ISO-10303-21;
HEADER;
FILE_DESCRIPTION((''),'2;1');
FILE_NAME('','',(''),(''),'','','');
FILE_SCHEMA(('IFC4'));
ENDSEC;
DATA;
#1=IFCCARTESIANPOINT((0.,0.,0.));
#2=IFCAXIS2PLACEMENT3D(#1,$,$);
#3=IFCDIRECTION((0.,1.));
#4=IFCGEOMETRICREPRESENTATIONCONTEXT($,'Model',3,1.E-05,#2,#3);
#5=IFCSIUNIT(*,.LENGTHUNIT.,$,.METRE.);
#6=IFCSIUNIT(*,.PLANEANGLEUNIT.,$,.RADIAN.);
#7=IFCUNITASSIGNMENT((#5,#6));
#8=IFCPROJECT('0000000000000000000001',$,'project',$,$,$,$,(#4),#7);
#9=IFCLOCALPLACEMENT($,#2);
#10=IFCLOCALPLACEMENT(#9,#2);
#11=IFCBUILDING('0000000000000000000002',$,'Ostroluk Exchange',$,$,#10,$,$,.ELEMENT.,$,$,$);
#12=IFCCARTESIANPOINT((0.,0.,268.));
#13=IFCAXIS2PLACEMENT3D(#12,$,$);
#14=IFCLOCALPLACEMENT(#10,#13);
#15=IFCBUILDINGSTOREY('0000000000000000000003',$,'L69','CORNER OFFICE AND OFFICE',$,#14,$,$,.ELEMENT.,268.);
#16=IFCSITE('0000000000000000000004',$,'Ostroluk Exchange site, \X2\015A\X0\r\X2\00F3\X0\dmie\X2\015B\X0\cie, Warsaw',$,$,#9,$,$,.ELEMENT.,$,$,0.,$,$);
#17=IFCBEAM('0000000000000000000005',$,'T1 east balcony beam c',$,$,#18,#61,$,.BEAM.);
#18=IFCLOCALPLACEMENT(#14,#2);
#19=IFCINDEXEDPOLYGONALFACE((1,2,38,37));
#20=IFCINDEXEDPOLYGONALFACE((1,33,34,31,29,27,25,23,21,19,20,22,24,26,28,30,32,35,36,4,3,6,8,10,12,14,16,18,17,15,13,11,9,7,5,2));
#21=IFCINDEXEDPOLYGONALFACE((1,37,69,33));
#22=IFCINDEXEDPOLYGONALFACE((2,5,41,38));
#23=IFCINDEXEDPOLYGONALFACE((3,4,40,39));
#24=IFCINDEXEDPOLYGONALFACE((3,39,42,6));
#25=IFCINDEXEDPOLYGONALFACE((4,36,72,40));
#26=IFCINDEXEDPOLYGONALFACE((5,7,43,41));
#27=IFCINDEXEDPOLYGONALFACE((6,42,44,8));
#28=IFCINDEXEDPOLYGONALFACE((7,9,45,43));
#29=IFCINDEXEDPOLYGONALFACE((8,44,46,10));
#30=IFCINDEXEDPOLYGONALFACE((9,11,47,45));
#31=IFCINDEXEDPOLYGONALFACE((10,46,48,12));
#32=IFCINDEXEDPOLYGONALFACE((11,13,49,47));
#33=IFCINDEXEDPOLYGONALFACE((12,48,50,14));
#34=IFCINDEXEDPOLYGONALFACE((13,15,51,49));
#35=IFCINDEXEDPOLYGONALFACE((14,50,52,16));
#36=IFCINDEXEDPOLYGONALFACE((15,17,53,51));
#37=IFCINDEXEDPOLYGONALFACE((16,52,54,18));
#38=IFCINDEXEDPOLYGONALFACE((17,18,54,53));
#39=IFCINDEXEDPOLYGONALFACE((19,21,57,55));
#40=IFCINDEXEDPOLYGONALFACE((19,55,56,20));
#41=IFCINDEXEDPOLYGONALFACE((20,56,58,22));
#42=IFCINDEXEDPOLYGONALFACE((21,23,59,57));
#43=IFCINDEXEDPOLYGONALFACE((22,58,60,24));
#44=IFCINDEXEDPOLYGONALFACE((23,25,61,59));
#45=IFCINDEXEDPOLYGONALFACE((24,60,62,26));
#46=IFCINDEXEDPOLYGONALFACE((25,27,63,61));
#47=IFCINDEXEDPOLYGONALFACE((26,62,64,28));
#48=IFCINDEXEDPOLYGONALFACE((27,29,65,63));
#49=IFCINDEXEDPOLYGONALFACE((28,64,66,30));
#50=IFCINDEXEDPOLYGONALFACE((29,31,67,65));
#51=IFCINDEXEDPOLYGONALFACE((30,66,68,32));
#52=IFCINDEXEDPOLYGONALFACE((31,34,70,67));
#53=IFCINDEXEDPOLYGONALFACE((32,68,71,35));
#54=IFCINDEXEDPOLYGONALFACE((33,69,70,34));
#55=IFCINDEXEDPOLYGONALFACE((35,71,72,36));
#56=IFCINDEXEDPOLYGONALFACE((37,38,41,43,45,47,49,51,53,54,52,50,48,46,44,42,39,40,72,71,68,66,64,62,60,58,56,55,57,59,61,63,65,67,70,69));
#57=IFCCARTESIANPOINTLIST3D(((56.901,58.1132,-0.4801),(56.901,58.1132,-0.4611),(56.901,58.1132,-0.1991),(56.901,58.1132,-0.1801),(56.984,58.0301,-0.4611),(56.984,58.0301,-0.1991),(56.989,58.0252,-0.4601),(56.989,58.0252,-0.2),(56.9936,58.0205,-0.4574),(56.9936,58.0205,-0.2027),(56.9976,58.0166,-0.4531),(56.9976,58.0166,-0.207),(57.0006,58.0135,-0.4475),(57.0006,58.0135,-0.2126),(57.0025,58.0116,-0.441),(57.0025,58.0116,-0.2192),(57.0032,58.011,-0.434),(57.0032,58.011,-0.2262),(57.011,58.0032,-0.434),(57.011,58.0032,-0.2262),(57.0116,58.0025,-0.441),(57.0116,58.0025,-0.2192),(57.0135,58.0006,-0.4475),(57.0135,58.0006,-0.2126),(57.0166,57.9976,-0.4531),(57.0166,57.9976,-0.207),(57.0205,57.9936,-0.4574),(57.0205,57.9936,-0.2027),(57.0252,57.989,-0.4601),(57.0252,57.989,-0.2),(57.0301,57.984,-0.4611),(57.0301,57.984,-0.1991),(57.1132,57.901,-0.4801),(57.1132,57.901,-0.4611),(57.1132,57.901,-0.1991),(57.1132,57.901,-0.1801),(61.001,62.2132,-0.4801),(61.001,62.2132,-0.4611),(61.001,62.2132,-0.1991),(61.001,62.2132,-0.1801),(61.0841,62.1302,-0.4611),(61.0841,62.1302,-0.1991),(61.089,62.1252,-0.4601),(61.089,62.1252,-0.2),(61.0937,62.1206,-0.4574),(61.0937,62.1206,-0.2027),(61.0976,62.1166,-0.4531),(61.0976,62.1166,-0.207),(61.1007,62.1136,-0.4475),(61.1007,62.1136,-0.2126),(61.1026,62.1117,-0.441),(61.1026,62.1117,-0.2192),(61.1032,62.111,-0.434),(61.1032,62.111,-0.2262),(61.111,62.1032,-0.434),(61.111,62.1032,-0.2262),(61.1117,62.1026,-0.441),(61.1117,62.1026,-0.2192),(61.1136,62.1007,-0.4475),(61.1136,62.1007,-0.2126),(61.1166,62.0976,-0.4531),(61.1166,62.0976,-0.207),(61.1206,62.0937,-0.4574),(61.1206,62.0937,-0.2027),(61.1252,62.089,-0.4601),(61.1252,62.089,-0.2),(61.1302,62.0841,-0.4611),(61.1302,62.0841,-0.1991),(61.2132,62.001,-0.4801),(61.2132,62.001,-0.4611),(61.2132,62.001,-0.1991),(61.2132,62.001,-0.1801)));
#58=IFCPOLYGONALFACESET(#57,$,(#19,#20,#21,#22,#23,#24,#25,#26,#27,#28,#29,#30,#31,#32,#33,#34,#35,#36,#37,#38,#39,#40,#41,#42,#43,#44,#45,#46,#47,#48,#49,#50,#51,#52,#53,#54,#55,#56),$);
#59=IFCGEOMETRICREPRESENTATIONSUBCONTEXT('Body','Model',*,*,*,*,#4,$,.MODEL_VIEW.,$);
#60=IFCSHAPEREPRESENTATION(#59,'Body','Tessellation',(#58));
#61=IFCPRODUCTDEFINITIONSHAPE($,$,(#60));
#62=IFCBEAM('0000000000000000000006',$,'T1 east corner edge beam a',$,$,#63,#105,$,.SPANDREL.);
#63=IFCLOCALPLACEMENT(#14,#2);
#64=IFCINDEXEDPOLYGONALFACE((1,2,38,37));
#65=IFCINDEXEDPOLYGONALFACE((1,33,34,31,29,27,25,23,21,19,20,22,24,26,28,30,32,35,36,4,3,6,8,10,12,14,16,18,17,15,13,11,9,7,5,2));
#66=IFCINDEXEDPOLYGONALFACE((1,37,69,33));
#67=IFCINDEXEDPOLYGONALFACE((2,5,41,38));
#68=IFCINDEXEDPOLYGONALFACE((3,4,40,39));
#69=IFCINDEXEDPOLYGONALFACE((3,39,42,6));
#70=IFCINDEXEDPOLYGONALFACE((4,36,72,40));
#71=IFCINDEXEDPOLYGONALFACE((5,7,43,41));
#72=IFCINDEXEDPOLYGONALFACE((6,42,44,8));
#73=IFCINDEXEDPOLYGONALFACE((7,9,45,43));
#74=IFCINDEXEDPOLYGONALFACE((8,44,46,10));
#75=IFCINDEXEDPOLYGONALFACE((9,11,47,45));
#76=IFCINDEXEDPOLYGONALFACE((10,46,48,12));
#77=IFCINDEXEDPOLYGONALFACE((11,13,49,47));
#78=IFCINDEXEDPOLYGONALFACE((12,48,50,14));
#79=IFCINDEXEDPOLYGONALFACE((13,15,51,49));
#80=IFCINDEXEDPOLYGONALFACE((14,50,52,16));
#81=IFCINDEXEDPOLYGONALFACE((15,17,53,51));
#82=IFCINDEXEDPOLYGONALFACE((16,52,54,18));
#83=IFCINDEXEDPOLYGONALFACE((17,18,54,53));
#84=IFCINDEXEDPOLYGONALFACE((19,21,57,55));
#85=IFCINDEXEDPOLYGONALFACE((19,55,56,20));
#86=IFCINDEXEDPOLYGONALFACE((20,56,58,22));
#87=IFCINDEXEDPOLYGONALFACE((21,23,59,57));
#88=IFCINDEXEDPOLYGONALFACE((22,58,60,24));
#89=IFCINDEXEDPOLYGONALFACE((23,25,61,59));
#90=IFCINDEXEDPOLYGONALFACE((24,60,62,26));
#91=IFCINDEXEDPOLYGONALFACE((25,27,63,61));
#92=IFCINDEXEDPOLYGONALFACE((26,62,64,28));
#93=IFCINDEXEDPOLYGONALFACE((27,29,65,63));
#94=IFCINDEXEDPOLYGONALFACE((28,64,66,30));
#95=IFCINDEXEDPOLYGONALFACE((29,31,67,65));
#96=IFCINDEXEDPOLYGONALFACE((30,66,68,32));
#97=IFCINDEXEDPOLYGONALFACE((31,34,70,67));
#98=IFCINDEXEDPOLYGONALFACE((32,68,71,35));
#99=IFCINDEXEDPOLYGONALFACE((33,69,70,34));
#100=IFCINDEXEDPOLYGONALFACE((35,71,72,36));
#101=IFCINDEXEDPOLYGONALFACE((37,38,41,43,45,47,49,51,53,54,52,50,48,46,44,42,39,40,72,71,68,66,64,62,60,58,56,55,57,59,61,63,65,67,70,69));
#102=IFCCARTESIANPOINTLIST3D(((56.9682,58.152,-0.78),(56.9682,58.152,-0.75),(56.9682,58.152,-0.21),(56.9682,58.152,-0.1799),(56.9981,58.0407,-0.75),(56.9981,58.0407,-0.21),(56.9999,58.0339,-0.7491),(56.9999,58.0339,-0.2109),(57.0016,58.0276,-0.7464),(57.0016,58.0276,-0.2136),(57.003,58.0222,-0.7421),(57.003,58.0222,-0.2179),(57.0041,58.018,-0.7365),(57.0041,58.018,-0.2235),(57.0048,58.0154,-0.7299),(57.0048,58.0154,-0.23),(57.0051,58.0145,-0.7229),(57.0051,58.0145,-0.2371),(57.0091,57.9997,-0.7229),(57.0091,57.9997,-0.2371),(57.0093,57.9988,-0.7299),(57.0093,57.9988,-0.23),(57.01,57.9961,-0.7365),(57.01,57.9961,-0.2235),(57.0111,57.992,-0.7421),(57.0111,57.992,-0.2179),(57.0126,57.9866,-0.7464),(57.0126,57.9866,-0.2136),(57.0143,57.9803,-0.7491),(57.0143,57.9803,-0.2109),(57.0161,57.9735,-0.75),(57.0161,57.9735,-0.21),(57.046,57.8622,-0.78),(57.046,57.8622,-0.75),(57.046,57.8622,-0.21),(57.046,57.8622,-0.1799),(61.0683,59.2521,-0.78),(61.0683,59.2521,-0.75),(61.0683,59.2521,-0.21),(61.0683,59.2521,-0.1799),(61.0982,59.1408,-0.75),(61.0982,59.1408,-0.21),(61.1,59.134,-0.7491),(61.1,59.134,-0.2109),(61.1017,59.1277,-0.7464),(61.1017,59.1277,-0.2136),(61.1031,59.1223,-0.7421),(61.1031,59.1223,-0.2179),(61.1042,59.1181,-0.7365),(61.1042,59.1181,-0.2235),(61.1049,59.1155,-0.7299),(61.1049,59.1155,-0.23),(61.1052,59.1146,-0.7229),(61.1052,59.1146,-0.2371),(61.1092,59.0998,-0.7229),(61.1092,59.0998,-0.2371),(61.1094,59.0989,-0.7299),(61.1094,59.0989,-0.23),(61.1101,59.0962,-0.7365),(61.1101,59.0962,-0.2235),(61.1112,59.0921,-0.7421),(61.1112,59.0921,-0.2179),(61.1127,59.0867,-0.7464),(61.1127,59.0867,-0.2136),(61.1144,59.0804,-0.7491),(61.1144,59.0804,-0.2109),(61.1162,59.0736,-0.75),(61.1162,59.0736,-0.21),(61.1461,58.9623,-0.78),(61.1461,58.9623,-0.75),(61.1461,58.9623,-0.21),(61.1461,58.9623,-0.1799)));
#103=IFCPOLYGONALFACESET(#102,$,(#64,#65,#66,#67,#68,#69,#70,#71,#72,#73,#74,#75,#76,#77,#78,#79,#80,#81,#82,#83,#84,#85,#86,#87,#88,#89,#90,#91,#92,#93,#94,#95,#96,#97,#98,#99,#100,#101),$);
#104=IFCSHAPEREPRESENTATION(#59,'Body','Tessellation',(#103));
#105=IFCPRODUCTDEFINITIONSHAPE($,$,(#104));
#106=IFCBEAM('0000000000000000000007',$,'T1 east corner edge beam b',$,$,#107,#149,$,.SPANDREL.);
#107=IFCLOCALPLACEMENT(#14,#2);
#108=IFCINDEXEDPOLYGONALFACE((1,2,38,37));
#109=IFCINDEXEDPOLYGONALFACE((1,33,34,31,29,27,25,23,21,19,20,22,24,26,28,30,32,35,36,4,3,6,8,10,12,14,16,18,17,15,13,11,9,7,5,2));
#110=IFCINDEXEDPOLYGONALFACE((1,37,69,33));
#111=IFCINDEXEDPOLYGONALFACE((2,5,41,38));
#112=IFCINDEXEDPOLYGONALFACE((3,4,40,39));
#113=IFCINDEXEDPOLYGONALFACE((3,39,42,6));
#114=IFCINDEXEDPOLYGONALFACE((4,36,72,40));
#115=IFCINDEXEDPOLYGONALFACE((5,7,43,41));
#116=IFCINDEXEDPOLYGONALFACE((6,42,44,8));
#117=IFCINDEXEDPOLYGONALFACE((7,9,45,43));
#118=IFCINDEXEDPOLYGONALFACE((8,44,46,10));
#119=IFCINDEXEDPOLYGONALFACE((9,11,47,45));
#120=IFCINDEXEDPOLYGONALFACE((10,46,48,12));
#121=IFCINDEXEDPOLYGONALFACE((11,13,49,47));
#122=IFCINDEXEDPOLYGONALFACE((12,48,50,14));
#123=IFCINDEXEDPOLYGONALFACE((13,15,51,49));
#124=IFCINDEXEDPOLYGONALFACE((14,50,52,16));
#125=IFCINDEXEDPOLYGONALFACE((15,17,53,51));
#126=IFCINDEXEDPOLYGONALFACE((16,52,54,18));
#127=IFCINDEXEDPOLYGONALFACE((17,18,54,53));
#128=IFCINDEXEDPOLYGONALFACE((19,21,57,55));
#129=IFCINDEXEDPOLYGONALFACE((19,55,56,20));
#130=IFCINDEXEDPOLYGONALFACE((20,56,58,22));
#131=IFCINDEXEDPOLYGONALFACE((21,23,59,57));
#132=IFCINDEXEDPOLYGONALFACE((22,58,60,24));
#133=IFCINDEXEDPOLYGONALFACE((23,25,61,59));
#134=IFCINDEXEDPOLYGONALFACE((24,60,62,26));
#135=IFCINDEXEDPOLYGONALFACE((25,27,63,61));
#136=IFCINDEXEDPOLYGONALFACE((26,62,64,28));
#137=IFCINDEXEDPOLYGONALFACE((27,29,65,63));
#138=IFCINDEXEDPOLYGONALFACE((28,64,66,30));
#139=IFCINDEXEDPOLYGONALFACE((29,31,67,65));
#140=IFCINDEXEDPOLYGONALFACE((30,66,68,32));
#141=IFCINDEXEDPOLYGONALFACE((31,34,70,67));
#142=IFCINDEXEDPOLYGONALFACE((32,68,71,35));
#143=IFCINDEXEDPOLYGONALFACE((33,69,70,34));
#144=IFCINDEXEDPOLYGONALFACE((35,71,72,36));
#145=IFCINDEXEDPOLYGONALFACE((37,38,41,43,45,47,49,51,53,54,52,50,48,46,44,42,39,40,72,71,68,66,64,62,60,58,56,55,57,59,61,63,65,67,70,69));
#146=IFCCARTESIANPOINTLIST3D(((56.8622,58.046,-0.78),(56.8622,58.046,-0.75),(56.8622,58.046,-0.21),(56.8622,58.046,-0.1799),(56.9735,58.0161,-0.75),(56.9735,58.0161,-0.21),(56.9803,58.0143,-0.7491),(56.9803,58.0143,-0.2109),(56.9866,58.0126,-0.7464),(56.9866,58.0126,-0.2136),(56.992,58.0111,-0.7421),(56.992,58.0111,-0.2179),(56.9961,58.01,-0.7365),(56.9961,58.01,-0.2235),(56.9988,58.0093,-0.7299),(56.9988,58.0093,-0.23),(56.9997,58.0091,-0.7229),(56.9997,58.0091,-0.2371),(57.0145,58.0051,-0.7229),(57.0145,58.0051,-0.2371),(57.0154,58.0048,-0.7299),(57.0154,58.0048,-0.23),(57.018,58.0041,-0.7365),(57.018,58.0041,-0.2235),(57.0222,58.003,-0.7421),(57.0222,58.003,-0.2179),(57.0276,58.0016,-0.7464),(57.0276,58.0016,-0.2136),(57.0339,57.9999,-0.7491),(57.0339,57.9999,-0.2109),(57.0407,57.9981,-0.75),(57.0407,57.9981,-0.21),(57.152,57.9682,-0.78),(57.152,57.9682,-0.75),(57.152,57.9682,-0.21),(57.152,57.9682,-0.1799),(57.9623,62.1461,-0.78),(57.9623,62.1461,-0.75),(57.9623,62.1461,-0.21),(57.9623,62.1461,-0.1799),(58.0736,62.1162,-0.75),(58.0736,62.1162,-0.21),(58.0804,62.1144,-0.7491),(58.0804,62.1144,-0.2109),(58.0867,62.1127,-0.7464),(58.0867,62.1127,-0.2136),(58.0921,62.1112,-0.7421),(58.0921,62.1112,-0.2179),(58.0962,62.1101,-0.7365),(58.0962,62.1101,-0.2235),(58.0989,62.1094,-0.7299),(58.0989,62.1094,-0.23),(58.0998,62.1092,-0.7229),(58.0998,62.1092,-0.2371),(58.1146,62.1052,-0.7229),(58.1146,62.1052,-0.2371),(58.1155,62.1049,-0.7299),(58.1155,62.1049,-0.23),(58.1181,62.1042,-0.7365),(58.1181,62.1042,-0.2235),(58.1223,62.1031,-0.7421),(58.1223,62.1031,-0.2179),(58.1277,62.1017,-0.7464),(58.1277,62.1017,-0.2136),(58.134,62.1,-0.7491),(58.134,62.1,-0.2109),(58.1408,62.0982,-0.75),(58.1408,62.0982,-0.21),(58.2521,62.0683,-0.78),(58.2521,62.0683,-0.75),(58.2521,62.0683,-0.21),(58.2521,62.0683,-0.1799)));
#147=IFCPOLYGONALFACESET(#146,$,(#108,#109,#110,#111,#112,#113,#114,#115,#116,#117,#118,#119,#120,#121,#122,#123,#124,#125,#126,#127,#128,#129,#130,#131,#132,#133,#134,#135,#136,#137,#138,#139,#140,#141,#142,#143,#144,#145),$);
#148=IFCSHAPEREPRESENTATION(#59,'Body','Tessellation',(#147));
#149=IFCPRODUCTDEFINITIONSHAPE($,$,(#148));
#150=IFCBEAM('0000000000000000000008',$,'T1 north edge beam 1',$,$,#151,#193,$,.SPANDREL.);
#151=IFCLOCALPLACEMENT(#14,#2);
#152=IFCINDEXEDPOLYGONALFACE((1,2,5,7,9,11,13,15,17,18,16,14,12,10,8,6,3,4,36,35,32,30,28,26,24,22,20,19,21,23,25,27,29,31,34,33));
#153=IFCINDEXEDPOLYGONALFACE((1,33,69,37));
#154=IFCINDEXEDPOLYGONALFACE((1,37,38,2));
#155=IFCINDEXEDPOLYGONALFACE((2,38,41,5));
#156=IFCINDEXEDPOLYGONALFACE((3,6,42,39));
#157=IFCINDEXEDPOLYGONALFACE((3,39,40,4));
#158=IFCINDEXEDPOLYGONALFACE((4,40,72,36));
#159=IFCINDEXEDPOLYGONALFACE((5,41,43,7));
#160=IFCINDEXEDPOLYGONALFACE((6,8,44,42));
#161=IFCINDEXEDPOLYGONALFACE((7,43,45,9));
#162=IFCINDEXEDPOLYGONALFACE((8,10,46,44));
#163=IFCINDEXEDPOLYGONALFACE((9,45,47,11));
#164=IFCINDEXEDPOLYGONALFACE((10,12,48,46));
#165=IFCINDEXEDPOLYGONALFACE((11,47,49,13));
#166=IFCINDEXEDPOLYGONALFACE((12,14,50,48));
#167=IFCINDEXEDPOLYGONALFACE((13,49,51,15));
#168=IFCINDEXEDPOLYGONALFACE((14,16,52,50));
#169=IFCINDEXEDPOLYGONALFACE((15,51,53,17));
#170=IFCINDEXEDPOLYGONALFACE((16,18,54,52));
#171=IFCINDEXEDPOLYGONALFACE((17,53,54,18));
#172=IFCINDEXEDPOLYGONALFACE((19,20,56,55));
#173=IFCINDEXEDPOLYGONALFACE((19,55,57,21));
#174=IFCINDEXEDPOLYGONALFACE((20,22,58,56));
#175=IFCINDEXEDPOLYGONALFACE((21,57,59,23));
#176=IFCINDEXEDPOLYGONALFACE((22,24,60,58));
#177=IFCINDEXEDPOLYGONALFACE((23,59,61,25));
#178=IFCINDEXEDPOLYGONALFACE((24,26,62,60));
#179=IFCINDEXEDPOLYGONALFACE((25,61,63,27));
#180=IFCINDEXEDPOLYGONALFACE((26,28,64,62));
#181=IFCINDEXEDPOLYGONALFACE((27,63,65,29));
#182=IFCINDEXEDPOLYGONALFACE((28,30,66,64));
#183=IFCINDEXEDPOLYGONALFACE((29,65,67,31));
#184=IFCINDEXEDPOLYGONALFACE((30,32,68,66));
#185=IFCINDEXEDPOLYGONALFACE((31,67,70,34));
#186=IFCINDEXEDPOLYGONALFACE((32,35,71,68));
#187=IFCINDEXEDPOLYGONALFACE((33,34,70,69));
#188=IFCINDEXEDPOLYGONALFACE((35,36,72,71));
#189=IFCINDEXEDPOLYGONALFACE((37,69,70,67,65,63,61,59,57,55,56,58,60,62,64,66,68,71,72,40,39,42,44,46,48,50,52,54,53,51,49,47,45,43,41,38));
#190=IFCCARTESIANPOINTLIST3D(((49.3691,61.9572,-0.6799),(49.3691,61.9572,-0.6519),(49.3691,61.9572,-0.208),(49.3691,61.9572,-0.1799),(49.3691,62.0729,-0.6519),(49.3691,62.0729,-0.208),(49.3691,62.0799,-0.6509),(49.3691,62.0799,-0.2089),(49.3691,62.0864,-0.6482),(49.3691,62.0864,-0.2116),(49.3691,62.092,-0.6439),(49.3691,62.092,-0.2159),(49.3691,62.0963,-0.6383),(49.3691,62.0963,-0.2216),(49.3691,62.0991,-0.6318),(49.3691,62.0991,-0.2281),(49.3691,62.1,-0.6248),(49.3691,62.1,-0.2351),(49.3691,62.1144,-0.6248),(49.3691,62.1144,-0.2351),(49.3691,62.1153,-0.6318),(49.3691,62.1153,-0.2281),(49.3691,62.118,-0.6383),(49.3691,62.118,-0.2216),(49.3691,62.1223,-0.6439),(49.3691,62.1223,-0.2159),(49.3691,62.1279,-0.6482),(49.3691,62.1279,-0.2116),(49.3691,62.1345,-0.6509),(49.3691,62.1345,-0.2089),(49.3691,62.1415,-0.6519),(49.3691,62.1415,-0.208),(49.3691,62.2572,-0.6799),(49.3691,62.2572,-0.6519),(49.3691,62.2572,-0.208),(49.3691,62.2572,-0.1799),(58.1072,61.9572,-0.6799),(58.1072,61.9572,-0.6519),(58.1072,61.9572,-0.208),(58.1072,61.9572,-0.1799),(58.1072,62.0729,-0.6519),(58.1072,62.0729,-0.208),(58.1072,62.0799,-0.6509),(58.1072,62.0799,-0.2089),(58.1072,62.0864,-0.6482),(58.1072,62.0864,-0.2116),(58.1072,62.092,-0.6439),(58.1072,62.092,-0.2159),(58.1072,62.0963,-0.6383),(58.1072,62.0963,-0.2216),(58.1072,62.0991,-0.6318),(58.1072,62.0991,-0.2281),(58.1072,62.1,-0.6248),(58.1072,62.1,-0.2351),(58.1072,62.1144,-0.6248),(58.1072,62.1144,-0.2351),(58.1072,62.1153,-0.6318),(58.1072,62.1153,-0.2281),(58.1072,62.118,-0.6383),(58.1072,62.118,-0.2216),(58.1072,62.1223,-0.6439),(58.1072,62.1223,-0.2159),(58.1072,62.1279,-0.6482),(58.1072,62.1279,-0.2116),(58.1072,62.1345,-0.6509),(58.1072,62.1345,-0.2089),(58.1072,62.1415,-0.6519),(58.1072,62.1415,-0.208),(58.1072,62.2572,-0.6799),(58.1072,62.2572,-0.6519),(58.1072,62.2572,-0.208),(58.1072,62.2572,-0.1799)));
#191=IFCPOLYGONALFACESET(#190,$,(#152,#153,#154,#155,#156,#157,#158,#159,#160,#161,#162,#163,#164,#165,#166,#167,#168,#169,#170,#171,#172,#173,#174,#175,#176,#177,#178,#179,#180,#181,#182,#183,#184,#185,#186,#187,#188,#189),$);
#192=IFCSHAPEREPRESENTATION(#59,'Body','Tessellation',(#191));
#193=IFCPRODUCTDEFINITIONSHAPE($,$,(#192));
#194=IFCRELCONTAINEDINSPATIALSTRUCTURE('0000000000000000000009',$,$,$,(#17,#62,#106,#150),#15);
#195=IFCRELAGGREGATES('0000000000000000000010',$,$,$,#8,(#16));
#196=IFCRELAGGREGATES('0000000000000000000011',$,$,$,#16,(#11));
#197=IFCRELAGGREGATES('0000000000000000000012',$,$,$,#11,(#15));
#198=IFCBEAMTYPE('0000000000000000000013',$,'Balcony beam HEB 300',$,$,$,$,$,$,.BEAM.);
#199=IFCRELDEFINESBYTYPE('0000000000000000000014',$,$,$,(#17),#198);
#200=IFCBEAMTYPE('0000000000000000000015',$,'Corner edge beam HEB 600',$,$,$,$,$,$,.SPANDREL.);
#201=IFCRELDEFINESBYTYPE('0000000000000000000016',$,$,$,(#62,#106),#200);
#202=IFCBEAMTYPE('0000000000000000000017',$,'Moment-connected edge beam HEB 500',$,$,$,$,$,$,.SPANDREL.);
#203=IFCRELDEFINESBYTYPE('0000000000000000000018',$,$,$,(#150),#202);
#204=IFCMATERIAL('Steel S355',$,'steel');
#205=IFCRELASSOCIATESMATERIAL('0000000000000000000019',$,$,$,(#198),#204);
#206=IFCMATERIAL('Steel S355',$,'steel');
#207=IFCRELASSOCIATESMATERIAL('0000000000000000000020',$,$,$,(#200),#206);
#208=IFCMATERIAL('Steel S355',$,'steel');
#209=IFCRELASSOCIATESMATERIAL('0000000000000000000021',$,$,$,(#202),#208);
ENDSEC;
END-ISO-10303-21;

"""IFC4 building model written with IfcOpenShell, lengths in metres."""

from ifc_helpers import new_model, si_unit, direction, frame, origin, origin_2d, place, context, subcontext, project, spatial, i_section, extrude, material, material_profile, profile_set, type_object, element, save


model = new_model("IFC4")

# Units and contexts
model_context = context("Model", 3, precision=1e-05, world=origin(), true_north=direction((0.0, 1.0)))
body_context = subcontext(model_context, "Body", "Model", "MODEL_VIEW")
ifc_project = project(units=[si_unit("LENGTHUNIT", "METRE"), si_unit("PLANEANGLEUNIT", "RADIAN")], contexts=[model_context])

# Site, building, storey
site_placement = place(None, origin())
site = spatial("IfcSite", under=ifc_project, at=site_placement, Name="Ostroluk Exchange site, Śródmieście, Warsaw", CompositionType="ELEMENT", RefElevation=0.0)
building_placement = place(site_placement, origin())
building = spatial("IfcBuilding", under=site, at=building_placement, Name="Ostroluk Exchange", CompositionType="ELEMENT")
storey_placement = place(building_placement, frame((0.0, 0.0, 268.0)))
storey = spatial("IfcBuildingStorey", under=building, at=storey_placement, Name="L69", Description="CORNER OFFICE AND OFFICE", CompositionType="ELEMENT", Elevation=268.0)

# Beams
ifc_material_1 = material(Name="Steel S355", Category="steel")
ifc_material_profile_1 = material_profile(ifc_material_1, i_section(OverallWidth=0.3, OverallDepth=0.3, WebThickness=0.011, FlangeThickness=0.019, FilletRadius=0.0271, at=origin_2d()), Name="HEB 300")
ifc_profile_set_1 = profile_set([ifc_material_profile_1], Name="Steel S355")
beam_type_1 = type_object("IfcBeamType", Name="Balcony beam HEB 300", PredefinedType="BEAM", material=ifc_profile_set_1)
beam_1_placement = place(storey_placement, frame((57.0071, 58.0071, -0.3301), z_axis=(0.707107, 0.707107, 0.0), x_axis=(-0.707107, 0.707107, 0.0)))
element("IfcBeam", 1, at=beam_1_placement, inside=storey, type_object=beam_type_1, Name="T1 east balcony beam c", PredefinedType="BEAM", context=body_context, shape_type="SweptSolid", body=[
    extrude(i_section(OverallWidth=0.3, OverallDepth=0.3, WebThickness=0.011, FlangeThickness=0.019, FilletRadius=0.0271, at=origin_2d()), origin(), (0.0, 0.0, 1.0), 5.7983),
])
ifc_material_2 = material(Name="Steel S355", Category="steel")
ifc_material_profile_2 = material_profile(ifc_material_2, i_section(OverallWidth=0.3, OverallDepth=0.6001, WebThickness=0.0154, FlangeThickness=0.03, FilletRadius=0.0271, at=origin_2d()), Name="HEB 600")
ifc_profile_set_2 = profile_set([ifc_material_profile_2], Name="Steel S355")
beam_type_2 = type_object("IfcBeamType", Name="Corner edge beam HEB 600", PredefinedType="SPANDREL", material=ifc_profile_set_2)
for number, where, z_axis, x_axis, name in (
    (2, (57.0071, 58.0071, -0.48), (0.965839, 0.259144, 0.0), (-0.259144, 0.965839, 0.0), "T1 east corner edge beam a"),
    (3, (57.0071, 58.0071, -0.48), (0.259144, 0.965839, 0.0), (-0.965839, 0.259144, 0.0), "T1 east corner edge beam b"),
):
    element("IfcBeam", number, at=place(storey_placement, frame(where, z_axis=z_axis, x_axis=x_axis)), inside=storey, type_object=beam_type_2, Name=name, PredefinedType="SPANDREL", context=body_context, shape_type="SweptSolid", body=[
        extrude(i_section(OverallWidth=0.3, OverallDepth=0.6001, WebThickness=0.0154, FlangeThickness=0.03, FilletRadius=0.0271, at=origin_2d()), origin(), (0.0, 0.0, 1.0), 4.2451),
    ])
ifc_material_3 = material(Name="Steel S355", Category="steel")
ifc_material_profile_3 = material_profile(ifc_material_3, i_section(OverallWidth=0.3, OverallDepth=0.5, WebThickness=0.0144, FlangeThickness=0.0281, FilletRadius=0.0271, at=origin_2d()), Name="HEB 500")
ifc_profile_set_3 = profile_set([ifc_material_profile_3], Name="Steel S355")
beam_type_3 = type_object("IfcBeamType", Name="Moment-connected edge beam HEB 500", PredefinedType="SPANDREL", material=ifc_profile_set_3)
beam_2_placement = place(storey_placement, frame((58.1072, 62.1072, -0.4299), z_axis=(-1.0, 0.0, 0.0), x_axis=(0.0, -1.0, 0.0)))
element("IfcBeam", 4, at=beam_2_placement, inside=storey, type_object=beam_type_3, Name="T1 north edge beam 1", PredefinedType="SPANDREL", context=body_context, shape_type="SweptSolid", body=[
    extrude(i_section(OverallWidth=0.3, OverallDepth=0.5, WebThickness=0.0144, FlangeThickness=0.0281, FilletRadius=0.0271, at=origin_2d()), origin(), (0.0, 0.0, 1.0), 8.738),
])

save(model, "model.ifc")
